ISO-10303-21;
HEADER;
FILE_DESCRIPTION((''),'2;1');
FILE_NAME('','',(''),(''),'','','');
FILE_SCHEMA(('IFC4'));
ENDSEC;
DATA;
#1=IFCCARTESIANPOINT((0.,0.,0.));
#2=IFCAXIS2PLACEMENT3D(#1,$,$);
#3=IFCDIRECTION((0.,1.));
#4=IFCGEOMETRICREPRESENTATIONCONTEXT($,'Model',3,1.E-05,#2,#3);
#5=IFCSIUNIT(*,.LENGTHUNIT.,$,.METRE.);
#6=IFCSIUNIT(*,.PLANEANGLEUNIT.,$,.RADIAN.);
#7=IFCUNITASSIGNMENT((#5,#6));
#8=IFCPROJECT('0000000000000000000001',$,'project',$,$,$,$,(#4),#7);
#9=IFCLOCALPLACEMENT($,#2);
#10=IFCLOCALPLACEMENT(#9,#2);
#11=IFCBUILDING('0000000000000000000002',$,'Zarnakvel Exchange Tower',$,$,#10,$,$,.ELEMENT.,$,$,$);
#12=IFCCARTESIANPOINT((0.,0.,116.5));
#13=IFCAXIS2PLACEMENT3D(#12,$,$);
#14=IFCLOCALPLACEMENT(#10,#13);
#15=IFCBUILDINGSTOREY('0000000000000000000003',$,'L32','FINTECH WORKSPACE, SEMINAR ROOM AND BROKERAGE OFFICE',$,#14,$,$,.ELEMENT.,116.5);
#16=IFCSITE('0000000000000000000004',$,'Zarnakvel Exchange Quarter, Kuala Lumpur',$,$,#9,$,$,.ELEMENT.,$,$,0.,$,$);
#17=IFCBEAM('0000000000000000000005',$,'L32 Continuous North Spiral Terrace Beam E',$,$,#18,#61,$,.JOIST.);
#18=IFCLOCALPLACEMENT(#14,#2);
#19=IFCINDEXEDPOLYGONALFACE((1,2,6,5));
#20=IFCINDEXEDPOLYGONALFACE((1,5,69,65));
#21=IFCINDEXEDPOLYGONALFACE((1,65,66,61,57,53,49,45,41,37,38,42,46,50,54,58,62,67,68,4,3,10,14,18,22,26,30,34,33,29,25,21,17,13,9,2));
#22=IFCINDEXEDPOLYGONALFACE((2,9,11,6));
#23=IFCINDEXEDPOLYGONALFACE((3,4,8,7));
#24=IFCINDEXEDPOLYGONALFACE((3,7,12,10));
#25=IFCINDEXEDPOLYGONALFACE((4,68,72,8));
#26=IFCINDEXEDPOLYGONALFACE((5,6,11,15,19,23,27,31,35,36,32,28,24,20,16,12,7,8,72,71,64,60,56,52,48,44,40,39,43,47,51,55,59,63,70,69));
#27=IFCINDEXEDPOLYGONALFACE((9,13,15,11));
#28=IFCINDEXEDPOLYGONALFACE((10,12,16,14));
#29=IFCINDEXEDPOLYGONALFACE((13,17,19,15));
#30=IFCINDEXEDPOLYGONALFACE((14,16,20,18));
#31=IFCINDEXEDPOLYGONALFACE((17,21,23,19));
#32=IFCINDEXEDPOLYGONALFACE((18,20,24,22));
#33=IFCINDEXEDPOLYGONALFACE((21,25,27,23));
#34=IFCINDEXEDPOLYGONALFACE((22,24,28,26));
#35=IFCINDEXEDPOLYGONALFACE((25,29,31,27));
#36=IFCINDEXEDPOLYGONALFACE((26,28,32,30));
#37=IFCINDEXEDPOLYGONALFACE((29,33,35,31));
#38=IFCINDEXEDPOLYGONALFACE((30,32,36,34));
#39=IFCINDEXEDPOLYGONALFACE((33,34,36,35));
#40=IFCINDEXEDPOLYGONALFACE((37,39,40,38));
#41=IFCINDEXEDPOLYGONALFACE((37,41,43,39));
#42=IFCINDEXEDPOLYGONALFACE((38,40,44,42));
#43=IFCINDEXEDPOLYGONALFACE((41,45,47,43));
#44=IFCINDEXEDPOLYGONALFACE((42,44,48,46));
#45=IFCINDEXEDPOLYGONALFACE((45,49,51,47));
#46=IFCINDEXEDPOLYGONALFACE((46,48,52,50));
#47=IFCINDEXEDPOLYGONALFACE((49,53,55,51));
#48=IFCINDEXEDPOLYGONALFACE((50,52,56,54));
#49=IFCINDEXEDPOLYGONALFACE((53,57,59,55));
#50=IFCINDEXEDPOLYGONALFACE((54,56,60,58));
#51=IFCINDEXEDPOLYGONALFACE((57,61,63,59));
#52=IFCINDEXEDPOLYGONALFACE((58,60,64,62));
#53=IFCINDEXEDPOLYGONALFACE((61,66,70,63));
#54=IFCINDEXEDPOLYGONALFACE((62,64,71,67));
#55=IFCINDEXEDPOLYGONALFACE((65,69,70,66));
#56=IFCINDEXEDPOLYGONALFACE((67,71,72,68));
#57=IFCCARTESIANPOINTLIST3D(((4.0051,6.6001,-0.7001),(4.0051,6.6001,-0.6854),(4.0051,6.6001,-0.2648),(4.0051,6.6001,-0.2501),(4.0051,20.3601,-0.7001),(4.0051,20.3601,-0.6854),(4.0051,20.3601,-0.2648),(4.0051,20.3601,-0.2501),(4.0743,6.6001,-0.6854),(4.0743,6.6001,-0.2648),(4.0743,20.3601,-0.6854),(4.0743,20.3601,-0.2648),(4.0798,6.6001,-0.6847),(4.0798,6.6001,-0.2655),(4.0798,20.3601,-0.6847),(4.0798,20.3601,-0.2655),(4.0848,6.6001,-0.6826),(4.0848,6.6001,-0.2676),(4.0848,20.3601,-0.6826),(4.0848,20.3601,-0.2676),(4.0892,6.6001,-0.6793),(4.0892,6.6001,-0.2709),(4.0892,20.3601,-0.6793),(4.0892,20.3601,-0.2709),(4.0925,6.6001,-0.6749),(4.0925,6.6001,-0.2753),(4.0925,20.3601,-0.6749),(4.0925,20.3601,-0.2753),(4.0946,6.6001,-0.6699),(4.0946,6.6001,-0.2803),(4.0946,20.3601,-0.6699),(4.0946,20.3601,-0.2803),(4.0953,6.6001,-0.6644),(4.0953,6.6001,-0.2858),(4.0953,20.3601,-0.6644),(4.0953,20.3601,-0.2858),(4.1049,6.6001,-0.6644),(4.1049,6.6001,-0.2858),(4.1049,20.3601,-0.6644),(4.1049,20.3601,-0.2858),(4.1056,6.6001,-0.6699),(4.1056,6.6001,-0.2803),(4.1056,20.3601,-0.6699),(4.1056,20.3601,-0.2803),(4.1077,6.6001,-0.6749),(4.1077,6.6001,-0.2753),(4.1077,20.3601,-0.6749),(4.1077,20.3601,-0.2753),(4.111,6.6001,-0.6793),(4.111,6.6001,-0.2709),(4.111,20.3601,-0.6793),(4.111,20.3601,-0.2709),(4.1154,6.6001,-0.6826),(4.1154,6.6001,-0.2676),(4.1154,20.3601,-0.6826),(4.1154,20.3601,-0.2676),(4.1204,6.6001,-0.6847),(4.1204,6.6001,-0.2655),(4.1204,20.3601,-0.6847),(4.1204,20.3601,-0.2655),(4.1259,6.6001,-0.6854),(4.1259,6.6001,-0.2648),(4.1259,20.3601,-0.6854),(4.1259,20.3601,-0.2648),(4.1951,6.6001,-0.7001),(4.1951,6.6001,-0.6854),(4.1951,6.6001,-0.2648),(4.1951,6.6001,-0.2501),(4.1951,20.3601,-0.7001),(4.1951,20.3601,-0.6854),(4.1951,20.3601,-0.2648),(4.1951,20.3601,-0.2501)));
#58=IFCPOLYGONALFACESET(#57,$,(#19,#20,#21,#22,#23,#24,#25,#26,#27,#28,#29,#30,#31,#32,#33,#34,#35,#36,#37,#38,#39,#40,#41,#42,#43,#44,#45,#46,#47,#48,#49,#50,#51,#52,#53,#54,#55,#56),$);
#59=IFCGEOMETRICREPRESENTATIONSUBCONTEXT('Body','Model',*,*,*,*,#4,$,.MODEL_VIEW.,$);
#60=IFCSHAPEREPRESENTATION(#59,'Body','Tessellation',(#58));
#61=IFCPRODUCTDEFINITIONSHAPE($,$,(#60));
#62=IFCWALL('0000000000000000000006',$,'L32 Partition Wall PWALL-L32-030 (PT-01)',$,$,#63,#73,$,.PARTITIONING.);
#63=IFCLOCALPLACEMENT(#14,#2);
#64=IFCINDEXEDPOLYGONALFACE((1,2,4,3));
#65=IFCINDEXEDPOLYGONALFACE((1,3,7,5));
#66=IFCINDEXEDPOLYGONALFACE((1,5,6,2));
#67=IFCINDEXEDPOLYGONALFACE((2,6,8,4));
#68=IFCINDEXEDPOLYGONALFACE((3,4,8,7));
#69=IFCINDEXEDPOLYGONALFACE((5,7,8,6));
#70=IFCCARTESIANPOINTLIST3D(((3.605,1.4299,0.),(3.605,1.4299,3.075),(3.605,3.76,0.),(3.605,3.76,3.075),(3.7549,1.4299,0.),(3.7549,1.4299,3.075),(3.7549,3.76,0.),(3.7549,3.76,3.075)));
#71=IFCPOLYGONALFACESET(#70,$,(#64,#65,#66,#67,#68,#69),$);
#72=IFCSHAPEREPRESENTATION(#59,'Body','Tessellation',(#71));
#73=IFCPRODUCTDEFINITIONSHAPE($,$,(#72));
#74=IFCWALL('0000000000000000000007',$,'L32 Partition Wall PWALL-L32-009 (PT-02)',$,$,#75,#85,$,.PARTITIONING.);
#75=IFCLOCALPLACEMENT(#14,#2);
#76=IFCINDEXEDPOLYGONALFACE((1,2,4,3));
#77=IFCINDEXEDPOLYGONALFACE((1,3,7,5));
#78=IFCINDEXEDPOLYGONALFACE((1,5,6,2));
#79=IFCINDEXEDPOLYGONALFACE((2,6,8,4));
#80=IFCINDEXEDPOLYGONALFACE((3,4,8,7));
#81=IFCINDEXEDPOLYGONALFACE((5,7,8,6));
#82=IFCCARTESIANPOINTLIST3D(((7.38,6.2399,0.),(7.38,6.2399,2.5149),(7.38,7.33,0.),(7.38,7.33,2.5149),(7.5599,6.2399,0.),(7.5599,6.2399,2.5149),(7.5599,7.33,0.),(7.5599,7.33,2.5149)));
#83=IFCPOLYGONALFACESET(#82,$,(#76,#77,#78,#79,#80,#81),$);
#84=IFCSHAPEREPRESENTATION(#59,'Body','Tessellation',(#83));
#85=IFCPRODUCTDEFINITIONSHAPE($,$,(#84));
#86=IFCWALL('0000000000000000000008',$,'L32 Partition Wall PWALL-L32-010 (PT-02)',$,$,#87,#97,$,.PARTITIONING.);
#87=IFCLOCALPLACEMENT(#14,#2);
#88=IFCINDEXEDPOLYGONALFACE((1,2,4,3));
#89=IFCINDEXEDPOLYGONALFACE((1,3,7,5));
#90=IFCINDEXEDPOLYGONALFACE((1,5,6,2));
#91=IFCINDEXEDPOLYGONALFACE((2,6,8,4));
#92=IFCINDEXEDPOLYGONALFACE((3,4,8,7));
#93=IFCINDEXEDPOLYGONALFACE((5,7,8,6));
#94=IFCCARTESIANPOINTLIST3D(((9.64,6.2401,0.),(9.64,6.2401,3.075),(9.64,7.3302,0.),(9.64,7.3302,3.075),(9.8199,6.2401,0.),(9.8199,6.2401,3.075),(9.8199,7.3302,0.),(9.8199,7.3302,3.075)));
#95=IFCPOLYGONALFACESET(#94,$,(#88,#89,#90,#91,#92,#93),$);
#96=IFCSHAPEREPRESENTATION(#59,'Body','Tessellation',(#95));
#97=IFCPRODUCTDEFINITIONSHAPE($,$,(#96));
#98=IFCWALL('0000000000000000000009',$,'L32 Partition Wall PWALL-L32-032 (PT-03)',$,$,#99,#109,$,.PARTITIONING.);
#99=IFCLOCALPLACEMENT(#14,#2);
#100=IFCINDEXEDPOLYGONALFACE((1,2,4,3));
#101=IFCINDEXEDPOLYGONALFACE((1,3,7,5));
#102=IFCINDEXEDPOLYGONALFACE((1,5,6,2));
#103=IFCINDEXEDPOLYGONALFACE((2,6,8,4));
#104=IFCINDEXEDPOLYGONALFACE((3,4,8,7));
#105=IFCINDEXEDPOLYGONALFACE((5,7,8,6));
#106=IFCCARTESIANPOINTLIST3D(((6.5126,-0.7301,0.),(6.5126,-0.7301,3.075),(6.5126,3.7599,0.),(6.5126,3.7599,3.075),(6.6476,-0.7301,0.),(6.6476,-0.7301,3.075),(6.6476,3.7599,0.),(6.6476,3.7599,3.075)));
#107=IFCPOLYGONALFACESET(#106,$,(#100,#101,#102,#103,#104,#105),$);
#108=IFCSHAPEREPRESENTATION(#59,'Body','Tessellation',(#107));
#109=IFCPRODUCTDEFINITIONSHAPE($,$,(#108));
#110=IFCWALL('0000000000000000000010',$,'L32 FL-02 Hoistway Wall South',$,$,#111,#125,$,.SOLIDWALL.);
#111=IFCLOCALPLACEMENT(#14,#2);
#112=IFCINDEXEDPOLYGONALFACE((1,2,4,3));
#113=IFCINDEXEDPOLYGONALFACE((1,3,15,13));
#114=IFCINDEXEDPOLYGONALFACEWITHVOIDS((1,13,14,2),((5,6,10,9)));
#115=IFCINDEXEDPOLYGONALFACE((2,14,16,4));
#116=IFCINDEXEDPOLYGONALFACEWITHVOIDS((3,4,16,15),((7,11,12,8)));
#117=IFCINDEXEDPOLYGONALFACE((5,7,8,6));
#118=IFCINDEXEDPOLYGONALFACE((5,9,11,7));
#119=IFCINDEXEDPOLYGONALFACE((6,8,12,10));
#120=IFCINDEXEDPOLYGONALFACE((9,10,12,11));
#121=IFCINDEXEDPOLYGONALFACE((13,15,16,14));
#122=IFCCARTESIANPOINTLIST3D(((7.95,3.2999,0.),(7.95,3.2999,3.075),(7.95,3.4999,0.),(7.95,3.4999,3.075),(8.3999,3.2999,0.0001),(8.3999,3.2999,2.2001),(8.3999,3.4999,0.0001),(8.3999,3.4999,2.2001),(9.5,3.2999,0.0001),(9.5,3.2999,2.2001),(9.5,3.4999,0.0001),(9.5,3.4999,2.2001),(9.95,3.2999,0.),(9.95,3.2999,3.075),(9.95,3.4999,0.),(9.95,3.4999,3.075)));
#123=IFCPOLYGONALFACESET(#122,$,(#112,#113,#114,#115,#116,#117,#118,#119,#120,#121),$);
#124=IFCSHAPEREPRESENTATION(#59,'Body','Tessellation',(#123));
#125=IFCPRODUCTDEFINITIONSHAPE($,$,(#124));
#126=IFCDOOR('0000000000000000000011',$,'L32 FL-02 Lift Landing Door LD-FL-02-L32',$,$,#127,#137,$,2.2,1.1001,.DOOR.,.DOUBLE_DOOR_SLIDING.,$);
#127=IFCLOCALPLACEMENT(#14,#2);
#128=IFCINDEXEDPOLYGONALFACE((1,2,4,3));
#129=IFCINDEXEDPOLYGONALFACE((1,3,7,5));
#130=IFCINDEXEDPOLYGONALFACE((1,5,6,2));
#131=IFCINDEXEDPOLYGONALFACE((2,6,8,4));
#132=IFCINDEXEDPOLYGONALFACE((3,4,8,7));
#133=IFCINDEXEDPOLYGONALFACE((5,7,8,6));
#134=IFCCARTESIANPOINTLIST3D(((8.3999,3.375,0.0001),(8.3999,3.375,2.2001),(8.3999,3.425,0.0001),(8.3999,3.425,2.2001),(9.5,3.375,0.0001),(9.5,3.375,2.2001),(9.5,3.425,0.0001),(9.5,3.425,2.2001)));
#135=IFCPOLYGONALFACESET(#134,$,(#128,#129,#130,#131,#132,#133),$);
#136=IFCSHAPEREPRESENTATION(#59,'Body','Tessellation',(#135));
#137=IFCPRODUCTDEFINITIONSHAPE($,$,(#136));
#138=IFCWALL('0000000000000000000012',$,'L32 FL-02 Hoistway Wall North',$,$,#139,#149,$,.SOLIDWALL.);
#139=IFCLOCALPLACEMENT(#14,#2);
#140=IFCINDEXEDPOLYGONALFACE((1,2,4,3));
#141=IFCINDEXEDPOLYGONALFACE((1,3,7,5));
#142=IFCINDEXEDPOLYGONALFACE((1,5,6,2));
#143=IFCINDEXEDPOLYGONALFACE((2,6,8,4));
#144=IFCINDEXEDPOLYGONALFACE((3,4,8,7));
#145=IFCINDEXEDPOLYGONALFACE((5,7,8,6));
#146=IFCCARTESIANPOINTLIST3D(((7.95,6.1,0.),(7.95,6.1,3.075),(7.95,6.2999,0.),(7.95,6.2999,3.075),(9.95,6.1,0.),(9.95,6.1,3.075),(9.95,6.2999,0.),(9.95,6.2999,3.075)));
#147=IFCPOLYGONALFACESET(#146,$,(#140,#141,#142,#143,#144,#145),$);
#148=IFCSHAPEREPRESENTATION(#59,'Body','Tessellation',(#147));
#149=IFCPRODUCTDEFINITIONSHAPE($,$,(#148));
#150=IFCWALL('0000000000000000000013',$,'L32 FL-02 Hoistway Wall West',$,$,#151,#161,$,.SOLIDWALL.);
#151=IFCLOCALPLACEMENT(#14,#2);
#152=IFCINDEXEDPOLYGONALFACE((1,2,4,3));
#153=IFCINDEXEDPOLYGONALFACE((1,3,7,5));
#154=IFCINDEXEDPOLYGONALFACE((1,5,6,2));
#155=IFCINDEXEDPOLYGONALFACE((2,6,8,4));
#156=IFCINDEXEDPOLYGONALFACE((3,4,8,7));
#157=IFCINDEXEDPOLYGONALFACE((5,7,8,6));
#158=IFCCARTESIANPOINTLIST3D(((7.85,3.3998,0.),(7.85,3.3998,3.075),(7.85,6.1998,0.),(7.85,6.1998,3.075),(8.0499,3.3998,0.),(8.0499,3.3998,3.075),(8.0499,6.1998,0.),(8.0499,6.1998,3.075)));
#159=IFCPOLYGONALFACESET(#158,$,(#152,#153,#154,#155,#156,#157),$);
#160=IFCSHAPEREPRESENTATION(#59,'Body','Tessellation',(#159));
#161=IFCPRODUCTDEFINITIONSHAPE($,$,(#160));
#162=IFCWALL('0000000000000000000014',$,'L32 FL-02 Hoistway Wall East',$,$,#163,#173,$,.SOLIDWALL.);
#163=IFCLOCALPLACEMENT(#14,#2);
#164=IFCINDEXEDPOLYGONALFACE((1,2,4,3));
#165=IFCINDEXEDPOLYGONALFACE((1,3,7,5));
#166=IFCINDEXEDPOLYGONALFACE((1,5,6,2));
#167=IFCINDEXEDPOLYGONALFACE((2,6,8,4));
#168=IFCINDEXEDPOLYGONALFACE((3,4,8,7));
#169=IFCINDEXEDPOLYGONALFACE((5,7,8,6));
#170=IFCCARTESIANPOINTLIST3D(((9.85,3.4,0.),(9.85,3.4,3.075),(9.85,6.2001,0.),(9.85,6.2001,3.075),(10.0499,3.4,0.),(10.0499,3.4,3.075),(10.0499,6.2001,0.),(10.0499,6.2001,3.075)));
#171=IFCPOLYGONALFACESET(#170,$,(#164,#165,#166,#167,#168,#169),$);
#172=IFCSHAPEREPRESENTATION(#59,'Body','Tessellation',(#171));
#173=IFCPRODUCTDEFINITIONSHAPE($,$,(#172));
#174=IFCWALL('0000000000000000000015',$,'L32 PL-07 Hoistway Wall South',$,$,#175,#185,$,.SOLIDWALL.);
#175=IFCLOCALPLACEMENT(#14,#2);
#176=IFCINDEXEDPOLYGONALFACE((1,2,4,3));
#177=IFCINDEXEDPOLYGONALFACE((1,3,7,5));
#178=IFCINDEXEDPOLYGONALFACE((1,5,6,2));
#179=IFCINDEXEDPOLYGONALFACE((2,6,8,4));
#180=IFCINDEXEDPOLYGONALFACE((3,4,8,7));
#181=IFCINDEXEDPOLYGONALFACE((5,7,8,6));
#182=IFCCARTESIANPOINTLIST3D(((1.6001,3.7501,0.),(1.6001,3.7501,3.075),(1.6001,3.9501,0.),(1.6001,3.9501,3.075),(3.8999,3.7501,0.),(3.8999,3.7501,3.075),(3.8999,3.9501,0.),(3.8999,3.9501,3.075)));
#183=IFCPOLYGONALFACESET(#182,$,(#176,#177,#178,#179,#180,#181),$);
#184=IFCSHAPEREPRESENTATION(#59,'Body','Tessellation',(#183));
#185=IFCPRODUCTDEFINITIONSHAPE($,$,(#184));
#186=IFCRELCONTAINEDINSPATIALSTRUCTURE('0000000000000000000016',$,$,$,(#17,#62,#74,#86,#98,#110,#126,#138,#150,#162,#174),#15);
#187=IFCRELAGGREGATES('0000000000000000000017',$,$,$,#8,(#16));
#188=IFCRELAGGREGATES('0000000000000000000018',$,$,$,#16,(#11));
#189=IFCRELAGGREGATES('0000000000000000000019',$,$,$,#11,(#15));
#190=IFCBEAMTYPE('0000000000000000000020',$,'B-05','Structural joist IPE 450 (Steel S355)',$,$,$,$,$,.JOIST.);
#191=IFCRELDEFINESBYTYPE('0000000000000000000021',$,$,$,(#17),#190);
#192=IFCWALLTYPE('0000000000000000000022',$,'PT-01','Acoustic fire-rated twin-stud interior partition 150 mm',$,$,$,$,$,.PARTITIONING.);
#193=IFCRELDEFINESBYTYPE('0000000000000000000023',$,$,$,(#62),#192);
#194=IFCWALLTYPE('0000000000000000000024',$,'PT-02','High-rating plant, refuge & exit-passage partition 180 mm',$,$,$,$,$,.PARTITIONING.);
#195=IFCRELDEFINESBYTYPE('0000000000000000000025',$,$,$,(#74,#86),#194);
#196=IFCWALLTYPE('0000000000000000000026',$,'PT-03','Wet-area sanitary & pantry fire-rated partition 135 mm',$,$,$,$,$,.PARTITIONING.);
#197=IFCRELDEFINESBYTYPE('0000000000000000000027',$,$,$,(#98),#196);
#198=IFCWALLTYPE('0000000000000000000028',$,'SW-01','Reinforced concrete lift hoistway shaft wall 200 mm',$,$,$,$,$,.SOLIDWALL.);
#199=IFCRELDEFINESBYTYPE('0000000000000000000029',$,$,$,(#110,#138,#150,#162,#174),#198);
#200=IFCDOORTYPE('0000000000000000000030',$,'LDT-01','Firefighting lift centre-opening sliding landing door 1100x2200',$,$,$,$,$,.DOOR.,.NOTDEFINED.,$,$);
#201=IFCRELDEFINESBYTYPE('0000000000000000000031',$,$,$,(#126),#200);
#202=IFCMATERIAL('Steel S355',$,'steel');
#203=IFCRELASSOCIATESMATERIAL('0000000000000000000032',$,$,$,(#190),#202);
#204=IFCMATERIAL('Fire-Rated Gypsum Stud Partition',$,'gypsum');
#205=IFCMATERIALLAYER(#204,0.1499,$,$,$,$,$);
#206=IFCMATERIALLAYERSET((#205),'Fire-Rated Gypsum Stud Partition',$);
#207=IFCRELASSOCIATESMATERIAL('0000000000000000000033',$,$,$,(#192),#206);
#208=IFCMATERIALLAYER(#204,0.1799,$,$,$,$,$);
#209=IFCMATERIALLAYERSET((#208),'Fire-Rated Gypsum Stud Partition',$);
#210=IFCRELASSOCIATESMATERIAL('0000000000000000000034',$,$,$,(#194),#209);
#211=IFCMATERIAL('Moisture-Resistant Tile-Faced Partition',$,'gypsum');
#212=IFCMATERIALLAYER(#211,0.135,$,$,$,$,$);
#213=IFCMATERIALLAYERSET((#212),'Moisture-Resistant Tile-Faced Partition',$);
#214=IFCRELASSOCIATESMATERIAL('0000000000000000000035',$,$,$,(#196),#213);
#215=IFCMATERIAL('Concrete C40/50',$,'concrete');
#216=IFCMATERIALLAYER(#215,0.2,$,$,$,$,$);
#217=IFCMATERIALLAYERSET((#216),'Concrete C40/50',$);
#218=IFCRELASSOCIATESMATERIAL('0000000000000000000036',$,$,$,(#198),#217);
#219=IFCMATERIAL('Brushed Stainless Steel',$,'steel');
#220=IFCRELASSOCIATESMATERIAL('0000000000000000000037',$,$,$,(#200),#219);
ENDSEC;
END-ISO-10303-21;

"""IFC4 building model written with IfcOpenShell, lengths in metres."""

from ifc_helpers import new_model, si_unit, direction, frame, frame_2d, origin, origin_2d, place, context, subcontext, project, spatial, rectangle, i_section, extrude, source, transform, mapped, material, layer, layer_set, material_profile, profile_set, type_object, element, fill, save


model = new_model("IFC4")

# Units and contexts
model_context = context("Model", 3, precision=1e-05, world=origin(), true_north=direction((0.0, 1.0)))
body_context = subcontext(model_context, "Body", "Model", "MODEL_VIEW")
ifc_project = project(units=[si_unit("LENGTHUNIT", "METRE"), si_unit("PLANEANGLEUNIT", "RADIAN")], contexts=[model_context])

# Site, building, storey
site_placement = place(None, origin())
site = spatial("IfcSite", under=ifc_project, at=site_placement, Name="Zarnakvel Exchange Quarter, Kuala Lumpur", CompositionType="ELEMENT", RefElevation=0.0)
building_placement = place(site_placement, origin())
building = spatial("IfcBuilding", under=site, at=building_placement, Name="Zarnakvel Exchange Tower", CompositionType="ELEMENT")
storey_placement = place(building_placement, frame((0.0, 0.0, 116.5)))
storey = spatial("IfcBuildingStorey", under=building, at=storey_placement, Name="L32", Description="FINTECH WORKSPACE, SEMINAR ROOM AND BROKERAGE OFFICE", CompositionType="ELEMENT", Elevation=116.5)

# Beam
ifc_material_1 = material(Name="Steel S355", Category="steel")
ifc_material_profile = material_profile(ifc_material_1, i_section(OverallWidth=0.1899, OverallDepth=0.45, WebThickness=0.0095, FlangeThickness=0.0146, FilletRadius=0.021, at=origin_2d()))
ifc_profile_set = profile_set([ifc_material_profile], Name="Steel S355")
beam_type = type_object("IfcBeamType", Name="B-05", Description="Structural joist IPE 450 (Steel S355)", PredefinedType="JOIST", material=ifc_profile_set)
beam_placement = place(storey_placement, frame((4.1001, 6.6001, -0.4751), z_axis=(0.0, 1.0, 0.0), x_axis=(-1.0, 0.0, 0.0)))
element("IfcBeam", 1, at=beam_placement, inside=storey, type_object=beam_type, Name="L32 Continuous North Spiral Terrace Beam E", PredefinedType="JOIST", context=body_context, shape_type="SweptSolid", body=[
    extrude(i_section(OverallWidth=0.1899, OverallDepth=0.45, WebThickness=0.0095, FlangeThickness=0.0146, FilletRadius=0.021, at=origin_2d()), origin(), (0.0, 0.0, 1.0), 13.76),
])

# Walls
ifc_material_2 = material(Name="Fire-Rated Gypsum Stud Partition", Category="gypsum")
ifc_layer_1 = layer(ifc_material_2, 0.1499)
ifc_layer_set_1 = layer_set([ifc_layer_1], Name="Fire-Rated Gypsum Stud Partition")
wall_type_1 = type_object("IfcWallType", Name="PT-01", Description="Acoustic fire-rated twin-stud interior partition 150 mm", PredefinedType="PARTITIONING", material=ifc_layer_set_1)
wall_1_placement = place(storey_placement, frame((3.6799, 3.76, 0.0), z_axis=(0.0, 0.0, 1.0), x_axis=(0.0, -1.0, 0.0)))
element("IfcWall", 2, at=wall_1_placement, inside=storey, type_object=wall_type_1, Name="L32 Partition Wall PWALL-L32-030 (PT-01)", PredefinedType="PARTITIONING", context=body_context, shape_type="SweptSolid", body=[
    extrude(rectangle(XDim=2.3301, YDim=0.1499, at=frame_2d((1.165, 0.0))), origin(), (0.0, 0.0, 1.0), 3.075),
])
ifc_layer_2 = layer(ifc_material_2, 0.1799)
ifc_layer_set_2 = layer_set([ifc_layer_2], Name="Fire-Rated Gypsum Stud Partition")
wall_type_2 = type_object("IfcWallType", Name="PT-02", Description="High-rating plant, refuge & exit-passage partition 180 mm", PredefinedType="PARTITIONING", material=ifc_layer_set_2)
wall_2_placement = place(storey_placement, frame((7.47, 6.24, 0.0), z_axis=(0.0, 0.0, 1.0), x_axis=(0.0, 1.0, 0.0)))
element("IfcWall", 3, at=wall_2_placement, inside=storey, type_object=wall_type_2, Name="L32 Partition Wall PWALL-L32-009 (PT-02)", PredefinedType="PARTITIONING", context=body_context, shape_type="SweptSolid", body=[
    extrude(rectangle(XDim=1.0901, YDim=0.1799, at=frame_2d((0.5449, 0.0))), origin(), (0.0, 0.0, 1.0), 2.5149),
])
wall_3_placement = place(storey_placement, frame((9.73, 7.3301, 0.0), z_axis=(0.0, 0.0, 1.0), x_axis=(0.0, -1.0, 0.0)))
element("IfcWall", 4, at=wall_3_placement, inside=storey, type_object=wall_type_2, Name="L32 Partition Wall PWALL-L32-010 (PT-02)", PredefinedType="PARTITIONING", context=body_context, shape_type="SweptSolid", body=[
    extrude(rectangle(XDim=1.0901, YDim=0.1799, at=frame_2d((0.5449, 0.0))), origin(), (0.0, 0.0, 1.0), 3.075),
])
ifc_material_3 = material(Name="Moisture-Resistant Tile-Faced Partition", Category="gypsum")
ifc_layer_3 = layer(ifc_material_3, 0.135)
ifc_layer_set_3 = layer_set([ifc_layer_3], Name="Moisture-Resistant Tile-Faced Partition")
wall_type_3 = type_object("IfcWallType", Name="PT-03", Description="Wet-area sanitary & pantry fire-rated partition 135 mm", PredefinedType="PARTITIONING", material=ifc_layer_set_3)
wall_4_placement = place(storey_placement, frame((6.5801, 3.76, 0.0), z_axis=(0.0, 0.0, 1.0), x_axis=(0.0, -1.0, 0.0)))
element("IfcWall", 5, at=wall_4_placement, inside=storey, type_object=wall_type_3, Name="L32 Partition Wall PWALL-L32-032 (PT-03)", PredefinedType="PARTITIONING", context=body_context, shape_type="SweptSolid", body=[
    extrude(rectangle(XDim=4.49, YDim=0.135, at=frame_2d((2.2451, 0.0))), origin(), (0.0, 0.0, 1.0), 3.075),
])

# Wall, opening, door
ifc_material_4 = material(Name="Concrete C40/50", Category="concrete")
ifc_layer_4 = layer(ifc_material_4, 0.2)
ifc_layer_set_4 = layer_set([ifc_layer_4], Name="Concrete C40/50")
wall_type_4 = type_object("IfcWallType", Name="SW-01", Description="Reinforced concrete lift hoistway shaft wall 200 mm", PredefinedType="SOLIDWALL", material=ifc_layer_set_4)
wall_5_placement = place(storey_placement, frame((9.95, 3.3999, 0.0), z_axis=(0.0, 0.0, 1.0), x_axis=(-1.0, 0.0, 0.0)))
wall_5 = element("IfcWall", 6, at=wall_5_placement, inside=storey, type_object=wall_type_4, Name="L32 FL-02 Hoistway Wall South", PredefinedType="SOLIDWALL", context=body_context, shape_type="SweptSolid", body=[
    extrude(rectangle(XDim=2.0, YDim=0.2, at=frame_2d((1.0, 0.0))), origin(), (0.0, 0.0, 1.0), 3.075),
])
opening_1_placement = place(wall_5_placement, frame((0.45, 0.0, 0.0)))
opening_1 = element("IfcOpeningElement", 7, at=opening_1_placement, cuts=wall_5, PredefinedType="OPENING", context=body_context, shape_type="SweptSolid", body=[
    extrude(rectangle(XDim=1.1001, YDim=2.2, at=frame_2d((0.55, 1.1001))), frame((0.0, 0.1099, 0.0), z_axis=(0.0, -1.0, 0.0), x_axis=(1.0, 0.0, 0.0)), (0.0, 0.0, 1.0), 0.22),
])
ifc_material_5 = material(Name="Brushed Stainless Steel", Category="steel")
door_type_1 = type_object("IfcDoorType", Name="LDT-01", Description="Firefighting lift centre-opening sliding landing door 1100x2200", OperationType="NOTDEFINED", PredefinedType="DOOR", material=ifc_material_5)
shared_shape_1 = source(origin(), body_context, "Body", "SweptSolid", [
    extrude(rectangle(XDim=1.1001, YDim=2.2, at=frame_2d((0.55, 1.1001))), frame((0.0, 0.0249, 0.0), z_axis=(0.0, -1.0, 0.0), x_axis=(1.0, 0.0, 0.0)), (0.0, 0.0, 1.0), 0.05),
])
door_1_placement = place(opening_1_placement, origin())
door_1 = element("IfcDoor", 8, at=door_1_placement, inside=storey, type_object=door_type_1, Name="L32 FL-02 Lift Landing Door LD-FL-02-L32", OperationType="DOUBLE_DOOR_SLIDING", OverallHeight=2.2, OverallWidth=1.1001, PredefinedType="DOOR", context=body_context, shape_type="MappedRepresentation", body=[
    mapped(shared_shape_1, transform((0.0, 0.0, 0.0), x_axis=(1.0, 0.0, 0.0), y_axis=(0.0, 1.0, 0.0), z_axis=(0.0, 0.0, 1.0), scale=1.0)),
])
fill(opening_1, door_1)

# Walls
wall_6_placement = place(storey_placement, frame((7.95, 6.2, 0.0), z_axis=(0.0, 0.0, 1.0), x_axis=(1.0, 0.0, 0.0)))
element("IfcWall", 9, at=wall_6_placement, inside=storey, type_object=wall_type_4, Name="L32 FL-02 Hoistway Wall North", PredefinedType="SOLIDWALL", context=body_context, shape_type="SweptSolid", body=[
    extrude(rectangle(XDim=2.0, YDim=0.2, at=frame_2d((1.0, 0.0))), origin(), (0.0, 0.0, 1.0), 3.075),
])
for number, where, z_axis, x_axis, name in (
    (10, (7.95, 3.3999, 0.0), (0.0, 0.0, 1.0), (0.0, 1.0, 0.0), "L32 FL-02 Hoistway Wall West"),
    (11, (9.95, 6.2, 0.0), (0.0, 0.0, 1.0), (0.0, -1.0, 0.0), "L32 FL-02 Hoistway Wall East"),
):
    element("IfcWall", number, at=place(storey_placement, frame(where, z_axis=z_axis, x_axis=x_axis)), inside=storey, type_object=wall_type_4, Name=name, PredefinedType="SOLIDWALL", context=body_context, shape_type="SweptSolid", body=[
        extrude(rectangle(XDim=2.8, YDim=0.2, at=frame_2d((1.3999, 0.0))), origin(), (0.0, 0.0, 1.0), 3.075),
    ])
wall_7_placement = place(storey_placement, frame((3.8999, 3.8501, 0.0), z_axis=(0.0, 0.0, 1.0), x_axis=(-1.0, 0.0, 0.0)))
element("IfcWall", 12, at=wall_7_placement, inside=storey, type_object=wall_type_4, Name="L32 PL-07 Hoistway Wall South", PredefinedType="SOLIDWALL", context=body_context, shape_type="SweptSolid", body=[
    extrude(rectangle(XDim=2.2998, YDim=0.2, at=frame_2d((1.1499, 0.0))), origin(), (0.0, 0.0, 1.0), 3.075),
])

save(model, "model.ifc")
